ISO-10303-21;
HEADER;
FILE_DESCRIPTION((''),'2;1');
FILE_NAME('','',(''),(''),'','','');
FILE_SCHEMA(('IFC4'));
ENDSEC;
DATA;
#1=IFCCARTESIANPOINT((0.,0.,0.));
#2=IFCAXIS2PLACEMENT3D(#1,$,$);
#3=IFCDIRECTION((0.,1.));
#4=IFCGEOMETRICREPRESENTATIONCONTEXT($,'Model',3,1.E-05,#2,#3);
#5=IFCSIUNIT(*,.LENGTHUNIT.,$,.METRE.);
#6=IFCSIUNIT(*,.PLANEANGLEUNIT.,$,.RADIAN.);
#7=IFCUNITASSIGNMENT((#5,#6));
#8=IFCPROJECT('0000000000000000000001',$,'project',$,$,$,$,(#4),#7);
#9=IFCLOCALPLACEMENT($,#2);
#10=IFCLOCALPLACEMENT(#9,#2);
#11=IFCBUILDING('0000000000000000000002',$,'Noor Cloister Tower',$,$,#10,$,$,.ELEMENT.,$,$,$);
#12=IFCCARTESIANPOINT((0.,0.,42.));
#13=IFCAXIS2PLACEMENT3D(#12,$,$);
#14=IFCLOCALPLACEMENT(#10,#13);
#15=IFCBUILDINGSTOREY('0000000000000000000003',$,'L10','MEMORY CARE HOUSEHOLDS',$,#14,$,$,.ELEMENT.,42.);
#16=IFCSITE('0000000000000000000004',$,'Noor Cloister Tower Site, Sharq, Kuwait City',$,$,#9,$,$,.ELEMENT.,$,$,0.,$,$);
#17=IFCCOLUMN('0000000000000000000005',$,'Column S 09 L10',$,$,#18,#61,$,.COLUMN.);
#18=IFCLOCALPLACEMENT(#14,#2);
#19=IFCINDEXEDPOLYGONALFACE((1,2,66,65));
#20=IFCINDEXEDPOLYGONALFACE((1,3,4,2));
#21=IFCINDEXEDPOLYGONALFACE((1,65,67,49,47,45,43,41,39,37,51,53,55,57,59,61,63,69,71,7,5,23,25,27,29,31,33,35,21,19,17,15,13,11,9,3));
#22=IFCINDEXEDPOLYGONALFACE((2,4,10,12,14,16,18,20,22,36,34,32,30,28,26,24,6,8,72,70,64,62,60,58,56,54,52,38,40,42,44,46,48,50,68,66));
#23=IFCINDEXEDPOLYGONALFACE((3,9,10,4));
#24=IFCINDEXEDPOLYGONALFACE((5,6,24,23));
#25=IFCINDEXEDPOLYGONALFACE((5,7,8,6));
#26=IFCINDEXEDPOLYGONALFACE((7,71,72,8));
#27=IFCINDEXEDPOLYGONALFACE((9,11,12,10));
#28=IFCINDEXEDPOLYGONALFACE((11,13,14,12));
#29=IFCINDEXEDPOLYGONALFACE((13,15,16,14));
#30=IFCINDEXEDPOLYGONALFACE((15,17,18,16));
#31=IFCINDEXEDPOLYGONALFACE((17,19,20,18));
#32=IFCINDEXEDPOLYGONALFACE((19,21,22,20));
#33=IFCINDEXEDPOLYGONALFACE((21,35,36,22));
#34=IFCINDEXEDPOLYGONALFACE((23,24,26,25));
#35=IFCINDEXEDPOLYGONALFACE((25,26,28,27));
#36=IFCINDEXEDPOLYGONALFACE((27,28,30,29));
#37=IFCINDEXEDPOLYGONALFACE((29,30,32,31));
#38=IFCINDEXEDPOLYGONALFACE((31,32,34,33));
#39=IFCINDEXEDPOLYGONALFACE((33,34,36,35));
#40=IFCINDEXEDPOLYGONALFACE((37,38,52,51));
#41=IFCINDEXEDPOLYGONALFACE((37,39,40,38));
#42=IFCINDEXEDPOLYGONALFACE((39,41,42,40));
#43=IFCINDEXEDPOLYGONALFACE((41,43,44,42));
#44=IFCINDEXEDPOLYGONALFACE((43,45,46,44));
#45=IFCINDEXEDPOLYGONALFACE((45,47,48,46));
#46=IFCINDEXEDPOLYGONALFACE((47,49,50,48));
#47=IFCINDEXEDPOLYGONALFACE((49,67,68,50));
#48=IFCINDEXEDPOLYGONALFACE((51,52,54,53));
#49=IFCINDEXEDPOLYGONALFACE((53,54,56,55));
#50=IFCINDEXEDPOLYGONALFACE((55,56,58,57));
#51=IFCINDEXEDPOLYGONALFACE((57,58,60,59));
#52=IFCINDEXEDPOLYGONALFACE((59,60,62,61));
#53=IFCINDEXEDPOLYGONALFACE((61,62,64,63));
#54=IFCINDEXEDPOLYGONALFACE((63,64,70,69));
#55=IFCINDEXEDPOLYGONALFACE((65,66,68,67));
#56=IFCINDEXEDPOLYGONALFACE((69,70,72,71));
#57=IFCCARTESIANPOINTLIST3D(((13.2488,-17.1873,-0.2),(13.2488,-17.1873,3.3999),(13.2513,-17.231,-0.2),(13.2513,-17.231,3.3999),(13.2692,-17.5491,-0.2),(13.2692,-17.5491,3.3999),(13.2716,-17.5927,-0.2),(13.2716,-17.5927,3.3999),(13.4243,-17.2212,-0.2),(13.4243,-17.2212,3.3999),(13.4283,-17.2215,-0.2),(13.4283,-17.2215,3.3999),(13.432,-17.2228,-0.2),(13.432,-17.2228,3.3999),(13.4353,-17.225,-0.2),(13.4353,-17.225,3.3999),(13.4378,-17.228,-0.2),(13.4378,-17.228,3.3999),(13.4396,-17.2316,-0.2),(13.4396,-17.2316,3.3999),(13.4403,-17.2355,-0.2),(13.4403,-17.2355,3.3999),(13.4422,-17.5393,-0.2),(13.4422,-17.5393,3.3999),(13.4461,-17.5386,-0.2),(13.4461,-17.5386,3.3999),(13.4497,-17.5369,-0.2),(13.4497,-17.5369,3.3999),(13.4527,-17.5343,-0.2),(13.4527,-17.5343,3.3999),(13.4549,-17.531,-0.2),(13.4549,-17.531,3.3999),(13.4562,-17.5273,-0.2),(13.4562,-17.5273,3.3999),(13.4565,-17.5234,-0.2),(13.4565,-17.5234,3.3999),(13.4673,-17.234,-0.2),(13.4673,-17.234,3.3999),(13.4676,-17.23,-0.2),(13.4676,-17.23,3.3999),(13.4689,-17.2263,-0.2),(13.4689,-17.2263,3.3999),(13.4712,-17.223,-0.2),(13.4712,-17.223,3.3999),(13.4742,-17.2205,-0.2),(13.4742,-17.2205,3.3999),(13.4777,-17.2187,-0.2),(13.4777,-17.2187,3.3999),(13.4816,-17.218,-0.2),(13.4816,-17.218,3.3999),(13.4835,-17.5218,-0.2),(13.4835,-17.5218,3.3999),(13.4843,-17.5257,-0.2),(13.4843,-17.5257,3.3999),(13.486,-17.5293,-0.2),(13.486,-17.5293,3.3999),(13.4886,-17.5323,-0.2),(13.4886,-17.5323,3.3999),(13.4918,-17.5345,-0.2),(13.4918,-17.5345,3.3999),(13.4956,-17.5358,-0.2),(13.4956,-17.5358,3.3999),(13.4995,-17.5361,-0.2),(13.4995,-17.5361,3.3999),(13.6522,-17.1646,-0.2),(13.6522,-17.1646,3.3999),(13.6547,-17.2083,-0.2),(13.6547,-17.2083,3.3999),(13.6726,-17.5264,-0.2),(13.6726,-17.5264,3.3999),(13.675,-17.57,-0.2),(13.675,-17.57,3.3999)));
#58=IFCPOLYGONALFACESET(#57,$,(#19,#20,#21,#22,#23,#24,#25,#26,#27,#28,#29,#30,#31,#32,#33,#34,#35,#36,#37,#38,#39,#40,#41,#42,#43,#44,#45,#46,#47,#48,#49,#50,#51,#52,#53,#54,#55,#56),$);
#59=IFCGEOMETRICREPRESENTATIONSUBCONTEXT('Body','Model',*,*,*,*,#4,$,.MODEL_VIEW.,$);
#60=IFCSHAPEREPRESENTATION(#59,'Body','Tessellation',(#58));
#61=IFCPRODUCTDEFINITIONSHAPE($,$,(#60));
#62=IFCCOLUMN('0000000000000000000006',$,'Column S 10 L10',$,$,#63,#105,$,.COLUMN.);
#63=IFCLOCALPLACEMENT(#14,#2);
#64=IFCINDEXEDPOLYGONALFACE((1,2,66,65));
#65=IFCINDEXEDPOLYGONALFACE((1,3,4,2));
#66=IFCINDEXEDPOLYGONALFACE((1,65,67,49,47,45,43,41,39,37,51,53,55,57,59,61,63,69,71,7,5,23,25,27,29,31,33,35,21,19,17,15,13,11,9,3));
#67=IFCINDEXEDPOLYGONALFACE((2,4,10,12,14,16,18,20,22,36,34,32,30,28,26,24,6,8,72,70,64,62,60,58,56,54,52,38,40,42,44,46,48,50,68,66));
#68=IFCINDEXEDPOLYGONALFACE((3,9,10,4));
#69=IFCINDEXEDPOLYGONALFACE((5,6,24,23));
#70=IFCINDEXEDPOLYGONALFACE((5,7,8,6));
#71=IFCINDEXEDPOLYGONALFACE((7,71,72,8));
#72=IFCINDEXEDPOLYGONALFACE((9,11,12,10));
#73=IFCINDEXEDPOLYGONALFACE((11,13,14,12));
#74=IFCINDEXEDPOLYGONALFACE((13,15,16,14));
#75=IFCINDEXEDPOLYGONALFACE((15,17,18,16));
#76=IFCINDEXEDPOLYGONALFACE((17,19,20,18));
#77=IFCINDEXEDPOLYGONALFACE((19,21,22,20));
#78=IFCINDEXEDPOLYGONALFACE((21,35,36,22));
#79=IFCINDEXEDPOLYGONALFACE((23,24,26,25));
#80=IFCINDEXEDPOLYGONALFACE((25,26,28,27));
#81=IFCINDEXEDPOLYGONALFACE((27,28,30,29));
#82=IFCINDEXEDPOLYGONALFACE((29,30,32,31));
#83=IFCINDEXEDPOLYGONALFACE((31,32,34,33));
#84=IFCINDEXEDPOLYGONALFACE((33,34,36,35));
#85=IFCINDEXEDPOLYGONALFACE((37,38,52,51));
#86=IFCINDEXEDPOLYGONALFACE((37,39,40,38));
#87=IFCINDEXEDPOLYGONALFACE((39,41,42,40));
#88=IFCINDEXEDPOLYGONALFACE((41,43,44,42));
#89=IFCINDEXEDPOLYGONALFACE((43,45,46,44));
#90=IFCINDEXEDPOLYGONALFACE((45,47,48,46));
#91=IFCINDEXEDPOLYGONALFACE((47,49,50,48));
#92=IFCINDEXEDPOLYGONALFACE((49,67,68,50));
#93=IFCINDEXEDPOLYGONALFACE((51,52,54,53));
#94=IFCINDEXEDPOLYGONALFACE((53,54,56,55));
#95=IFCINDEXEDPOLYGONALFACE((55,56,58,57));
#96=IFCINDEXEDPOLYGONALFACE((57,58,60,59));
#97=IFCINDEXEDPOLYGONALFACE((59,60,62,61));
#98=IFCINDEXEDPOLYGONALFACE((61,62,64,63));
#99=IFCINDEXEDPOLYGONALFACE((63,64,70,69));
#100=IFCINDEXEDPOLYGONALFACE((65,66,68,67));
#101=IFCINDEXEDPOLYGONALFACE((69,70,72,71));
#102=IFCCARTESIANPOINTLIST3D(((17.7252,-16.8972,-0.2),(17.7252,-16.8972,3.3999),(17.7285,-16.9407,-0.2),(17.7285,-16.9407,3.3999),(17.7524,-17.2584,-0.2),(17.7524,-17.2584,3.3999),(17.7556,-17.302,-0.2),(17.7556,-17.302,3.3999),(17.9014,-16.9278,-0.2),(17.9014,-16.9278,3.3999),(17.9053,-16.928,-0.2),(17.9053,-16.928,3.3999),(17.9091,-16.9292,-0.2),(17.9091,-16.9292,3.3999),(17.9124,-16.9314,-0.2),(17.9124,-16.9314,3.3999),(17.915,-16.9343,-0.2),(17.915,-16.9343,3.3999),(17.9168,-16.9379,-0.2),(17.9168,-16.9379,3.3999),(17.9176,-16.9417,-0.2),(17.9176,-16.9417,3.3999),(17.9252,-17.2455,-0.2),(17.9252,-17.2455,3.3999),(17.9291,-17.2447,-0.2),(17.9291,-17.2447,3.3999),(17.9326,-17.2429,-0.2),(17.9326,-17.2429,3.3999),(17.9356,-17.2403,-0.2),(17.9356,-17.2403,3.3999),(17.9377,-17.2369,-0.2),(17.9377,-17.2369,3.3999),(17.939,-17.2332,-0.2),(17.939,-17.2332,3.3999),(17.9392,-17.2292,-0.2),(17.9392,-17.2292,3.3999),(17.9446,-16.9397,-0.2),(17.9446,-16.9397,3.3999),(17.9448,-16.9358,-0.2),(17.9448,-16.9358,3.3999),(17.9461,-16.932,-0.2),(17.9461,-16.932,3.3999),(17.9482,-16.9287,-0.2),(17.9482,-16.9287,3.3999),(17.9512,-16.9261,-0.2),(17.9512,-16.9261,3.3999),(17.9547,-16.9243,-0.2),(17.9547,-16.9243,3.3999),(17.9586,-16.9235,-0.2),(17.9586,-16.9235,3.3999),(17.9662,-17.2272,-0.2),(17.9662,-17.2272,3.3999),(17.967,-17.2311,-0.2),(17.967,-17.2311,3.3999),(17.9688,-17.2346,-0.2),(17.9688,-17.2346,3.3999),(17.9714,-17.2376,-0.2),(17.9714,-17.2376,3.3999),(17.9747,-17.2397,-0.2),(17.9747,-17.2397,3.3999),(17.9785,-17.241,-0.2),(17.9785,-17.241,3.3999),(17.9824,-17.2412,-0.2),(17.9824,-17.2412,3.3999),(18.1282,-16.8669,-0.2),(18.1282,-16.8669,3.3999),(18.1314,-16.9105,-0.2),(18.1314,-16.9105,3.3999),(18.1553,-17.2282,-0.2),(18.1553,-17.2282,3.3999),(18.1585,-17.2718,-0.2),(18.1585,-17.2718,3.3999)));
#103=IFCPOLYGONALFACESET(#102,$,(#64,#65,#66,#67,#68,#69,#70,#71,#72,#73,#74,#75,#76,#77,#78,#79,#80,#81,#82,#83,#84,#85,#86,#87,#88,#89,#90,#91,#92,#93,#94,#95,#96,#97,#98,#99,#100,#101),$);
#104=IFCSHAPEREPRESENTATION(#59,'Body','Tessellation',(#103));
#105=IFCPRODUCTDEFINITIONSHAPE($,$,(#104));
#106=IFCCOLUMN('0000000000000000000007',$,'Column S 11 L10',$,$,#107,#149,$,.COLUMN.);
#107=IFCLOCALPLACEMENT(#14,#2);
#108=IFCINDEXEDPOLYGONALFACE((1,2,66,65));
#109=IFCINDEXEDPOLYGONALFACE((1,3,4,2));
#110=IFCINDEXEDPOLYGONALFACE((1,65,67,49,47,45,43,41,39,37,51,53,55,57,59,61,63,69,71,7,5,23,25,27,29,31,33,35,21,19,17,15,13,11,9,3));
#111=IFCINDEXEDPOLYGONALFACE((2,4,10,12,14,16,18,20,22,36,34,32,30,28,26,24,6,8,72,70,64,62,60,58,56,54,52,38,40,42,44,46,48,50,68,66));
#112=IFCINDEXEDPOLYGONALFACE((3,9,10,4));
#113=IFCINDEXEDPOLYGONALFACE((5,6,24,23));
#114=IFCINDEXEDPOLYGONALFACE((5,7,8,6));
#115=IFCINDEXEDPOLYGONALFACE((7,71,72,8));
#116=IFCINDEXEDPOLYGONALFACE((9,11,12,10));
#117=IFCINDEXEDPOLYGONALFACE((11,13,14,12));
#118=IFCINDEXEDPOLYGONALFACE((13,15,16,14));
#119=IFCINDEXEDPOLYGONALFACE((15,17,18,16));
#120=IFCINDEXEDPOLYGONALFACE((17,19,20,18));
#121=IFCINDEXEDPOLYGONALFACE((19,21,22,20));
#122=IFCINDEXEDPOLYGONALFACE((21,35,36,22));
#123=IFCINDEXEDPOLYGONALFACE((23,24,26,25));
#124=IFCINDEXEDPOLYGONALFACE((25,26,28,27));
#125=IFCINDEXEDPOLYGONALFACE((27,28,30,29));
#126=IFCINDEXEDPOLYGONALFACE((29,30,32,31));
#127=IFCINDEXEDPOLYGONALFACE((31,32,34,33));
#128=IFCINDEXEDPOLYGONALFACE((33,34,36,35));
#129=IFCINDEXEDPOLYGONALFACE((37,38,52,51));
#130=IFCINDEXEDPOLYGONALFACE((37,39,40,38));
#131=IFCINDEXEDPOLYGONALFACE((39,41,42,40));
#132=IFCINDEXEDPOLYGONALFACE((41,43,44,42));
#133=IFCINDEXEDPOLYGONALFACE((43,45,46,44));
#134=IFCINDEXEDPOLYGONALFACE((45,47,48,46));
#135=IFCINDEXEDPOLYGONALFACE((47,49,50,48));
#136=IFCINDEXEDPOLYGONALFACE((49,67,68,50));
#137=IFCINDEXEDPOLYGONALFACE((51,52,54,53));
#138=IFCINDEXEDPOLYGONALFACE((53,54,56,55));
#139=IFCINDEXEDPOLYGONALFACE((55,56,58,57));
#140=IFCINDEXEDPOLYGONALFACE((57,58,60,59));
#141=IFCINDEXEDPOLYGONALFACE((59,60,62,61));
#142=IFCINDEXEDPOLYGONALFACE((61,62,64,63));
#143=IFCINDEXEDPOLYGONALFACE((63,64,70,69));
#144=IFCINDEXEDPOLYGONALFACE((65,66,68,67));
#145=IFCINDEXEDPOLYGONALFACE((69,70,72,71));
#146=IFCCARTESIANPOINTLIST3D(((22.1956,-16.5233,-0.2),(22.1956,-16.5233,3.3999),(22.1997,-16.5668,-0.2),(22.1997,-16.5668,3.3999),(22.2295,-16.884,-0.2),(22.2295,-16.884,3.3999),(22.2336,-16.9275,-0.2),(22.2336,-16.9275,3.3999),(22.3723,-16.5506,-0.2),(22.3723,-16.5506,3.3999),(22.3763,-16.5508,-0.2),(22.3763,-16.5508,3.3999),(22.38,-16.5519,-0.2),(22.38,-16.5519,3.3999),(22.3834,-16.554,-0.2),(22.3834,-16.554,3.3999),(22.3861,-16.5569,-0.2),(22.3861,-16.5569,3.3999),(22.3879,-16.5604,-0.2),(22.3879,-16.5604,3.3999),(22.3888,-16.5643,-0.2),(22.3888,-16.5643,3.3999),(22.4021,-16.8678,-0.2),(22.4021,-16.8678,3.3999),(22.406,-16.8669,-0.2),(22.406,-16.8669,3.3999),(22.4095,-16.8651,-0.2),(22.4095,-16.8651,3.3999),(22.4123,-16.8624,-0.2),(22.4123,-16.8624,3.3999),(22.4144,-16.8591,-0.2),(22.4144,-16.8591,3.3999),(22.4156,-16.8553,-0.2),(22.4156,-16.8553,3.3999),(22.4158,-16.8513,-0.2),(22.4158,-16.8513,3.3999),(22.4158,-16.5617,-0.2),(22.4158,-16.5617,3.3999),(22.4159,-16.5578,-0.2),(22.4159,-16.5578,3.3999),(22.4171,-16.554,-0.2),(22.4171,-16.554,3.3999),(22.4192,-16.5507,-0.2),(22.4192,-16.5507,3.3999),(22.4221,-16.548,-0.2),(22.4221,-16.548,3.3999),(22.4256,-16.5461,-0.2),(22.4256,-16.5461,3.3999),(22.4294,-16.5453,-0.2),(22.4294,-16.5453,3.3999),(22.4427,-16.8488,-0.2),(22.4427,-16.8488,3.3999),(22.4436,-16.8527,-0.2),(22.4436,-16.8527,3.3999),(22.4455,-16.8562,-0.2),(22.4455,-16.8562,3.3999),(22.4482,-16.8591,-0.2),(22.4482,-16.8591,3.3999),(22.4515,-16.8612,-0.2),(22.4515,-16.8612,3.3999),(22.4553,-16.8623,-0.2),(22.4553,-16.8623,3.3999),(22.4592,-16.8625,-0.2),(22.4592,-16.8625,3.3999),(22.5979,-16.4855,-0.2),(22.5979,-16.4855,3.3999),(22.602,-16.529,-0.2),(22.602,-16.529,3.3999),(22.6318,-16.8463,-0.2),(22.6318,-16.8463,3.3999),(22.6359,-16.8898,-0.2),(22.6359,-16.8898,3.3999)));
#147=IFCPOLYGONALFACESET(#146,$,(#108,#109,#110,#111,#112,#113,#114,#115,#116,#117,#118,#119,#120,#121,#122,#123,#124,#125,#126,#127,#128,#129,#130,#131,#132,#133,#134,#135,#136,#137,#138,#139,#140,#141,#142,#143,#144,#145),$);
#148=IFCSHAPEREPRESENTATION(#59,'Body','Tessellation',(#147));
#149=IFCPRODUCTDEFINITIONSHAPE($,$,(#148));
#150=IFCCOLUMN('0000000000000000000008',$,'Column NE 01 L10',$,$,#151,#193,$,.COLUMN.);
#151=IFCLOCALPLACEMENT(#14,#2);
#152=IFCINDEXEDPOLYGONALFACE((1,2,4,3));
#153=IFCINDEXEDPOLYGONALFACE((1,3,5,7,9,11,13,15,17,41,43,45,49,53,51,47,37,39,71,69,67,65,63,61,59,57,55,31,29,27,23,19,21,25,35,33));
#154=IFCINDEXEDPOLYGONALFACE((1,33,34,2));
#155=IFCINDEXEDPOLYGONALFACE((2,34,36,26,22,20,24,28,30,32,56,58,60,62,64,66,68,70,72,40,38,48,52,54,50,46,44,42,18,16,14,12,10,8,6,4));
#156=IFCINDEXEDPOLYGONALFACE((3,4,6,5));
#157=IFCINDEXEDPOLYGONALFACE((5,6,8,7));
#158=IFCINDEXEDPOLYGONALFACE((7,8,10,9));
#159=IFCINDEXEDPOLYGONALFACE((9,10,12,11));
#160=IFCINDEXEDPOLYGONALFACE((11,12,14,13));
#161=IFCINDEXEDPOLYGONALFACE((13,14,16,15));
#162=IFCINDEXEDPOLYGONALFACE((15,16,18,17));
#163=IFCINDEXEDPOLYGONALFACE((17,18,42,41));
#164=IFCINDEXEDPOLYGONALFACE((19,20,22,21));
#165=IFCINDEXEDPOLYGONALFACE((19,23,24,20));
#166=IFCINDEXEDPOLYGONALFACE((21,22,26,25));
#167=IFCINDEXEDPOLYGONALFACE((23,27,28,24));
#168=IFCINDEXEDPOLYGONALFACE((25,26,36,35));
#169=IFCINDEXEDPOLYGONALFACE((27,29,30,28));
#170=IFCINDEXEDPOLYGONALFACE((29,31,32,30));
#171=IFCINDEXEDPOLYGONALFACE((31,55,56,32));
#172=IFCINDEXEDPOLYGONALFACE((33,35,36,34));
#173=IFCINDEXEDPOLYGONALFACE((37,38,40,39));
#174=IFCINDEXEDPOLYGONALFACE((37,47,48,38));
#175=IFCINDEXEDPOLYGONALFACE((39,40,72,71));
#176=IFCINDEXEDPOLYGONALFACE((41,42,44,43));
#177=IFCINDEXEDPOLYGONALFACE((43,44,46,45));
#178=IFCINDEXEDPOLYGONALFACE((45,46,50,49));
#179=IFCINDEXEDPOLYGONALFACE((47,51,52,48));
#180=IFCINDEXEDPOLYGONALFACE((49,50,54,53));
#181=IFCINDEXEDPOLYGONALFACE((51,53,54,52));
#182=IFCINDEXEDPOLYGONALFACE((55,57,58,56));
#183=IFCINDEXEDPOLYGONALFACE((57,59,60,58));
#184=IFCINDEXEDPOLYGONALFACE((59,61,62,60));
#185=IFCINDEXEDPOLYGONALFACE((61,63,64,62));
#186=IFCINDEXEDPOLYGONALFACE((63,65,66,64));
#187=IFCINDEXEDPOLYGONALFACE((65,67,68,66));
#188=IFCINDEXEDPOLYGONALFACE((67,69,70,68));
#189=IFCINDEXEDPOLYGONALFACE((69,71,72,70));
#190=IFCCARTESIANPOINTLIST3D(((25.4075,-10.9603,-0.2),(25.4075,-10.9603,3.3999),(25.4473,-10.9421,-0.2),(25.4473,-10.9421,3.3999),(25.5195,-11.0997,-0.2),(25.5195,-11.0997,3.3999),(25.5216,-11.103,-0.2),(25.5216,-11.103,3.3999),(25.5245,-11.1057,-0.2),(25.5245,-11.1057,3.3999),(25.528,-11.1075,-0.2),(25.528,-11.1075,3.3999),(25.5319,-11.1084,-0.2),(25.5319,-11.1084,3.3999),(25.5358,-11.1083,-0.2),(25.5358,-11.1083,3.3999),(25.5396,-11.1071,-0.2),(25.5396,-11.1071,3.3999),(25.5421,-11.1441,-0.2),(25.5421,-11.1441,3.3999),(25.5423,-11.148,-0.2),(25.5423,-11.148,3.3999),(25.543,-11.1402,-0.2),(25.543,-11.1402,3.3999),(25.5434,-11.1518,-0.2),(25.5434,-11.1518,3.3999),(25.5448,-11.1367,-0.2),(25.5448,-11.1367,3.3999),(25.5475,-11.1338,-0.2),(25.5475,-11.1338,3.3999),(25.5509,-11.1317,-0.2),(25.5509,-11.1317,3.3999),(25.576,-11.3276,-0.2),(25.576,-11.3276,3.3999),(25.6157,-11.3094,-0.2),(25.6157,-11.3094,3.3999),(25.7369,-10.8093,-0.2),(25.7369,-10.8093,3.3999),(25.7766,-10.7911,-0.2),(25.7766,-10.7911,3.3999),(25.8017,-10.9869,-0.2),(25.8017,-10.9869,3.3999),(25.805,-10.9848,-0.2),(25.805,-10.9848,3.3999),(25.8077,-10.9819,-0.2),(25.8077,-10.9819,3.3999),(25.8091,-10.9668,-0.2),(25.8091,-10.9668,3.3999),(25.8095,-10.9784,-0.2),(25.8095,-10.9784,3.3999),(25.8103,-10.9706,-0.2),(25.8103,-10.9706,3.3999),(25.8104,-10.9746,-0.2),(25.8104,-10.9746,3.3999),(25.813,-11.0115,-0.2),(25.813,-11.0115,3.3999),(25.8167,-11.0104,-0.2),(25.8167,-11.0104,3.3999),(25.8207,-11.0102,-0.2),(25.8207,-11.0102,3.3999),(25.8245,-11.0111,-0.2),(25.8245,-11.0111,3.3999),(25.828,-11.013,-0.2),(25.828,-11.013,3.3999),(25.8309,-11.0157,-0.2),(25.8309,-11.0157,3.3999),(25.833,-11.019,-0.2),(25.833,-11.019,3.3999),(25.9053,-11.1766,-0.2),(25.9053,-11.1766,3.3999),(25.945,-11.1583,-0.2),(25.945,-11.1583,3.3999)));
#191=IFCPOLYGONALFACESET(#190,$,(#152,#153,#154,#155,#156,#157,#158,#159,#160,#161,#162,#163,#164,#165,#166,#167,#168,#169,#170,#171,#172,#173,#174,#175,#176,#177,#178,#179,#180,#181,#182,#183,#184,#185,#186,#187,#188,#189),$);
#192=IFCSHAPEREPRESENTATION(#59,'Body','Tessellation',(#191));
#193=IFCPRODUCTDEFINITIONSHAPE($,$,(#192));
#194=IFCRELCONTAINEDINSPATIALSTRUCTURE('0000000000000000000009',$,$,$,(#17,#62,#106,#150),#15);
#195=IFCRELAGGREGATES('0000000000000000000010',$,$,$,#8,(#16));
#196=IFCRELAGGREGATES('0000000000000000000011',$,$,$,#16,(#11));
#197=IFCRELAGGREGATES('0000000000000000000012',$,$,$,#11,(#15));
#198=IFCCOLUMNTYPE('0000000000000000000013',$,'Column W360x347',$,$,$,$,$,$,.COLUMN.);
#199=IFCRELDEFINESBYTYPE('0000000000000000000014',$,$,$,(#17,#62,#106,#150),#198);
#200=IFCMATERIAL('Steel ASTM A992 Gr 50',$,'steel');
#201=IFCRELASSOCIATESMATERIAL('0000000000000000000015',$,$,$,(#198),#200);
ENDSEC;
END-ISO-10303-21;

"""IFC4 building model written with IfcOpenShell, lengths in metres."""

from ifc_helpers import new_model, si_unit, direction, frame, origin, origin_2d, place, context, subcontext, project, spatial, i_section, extrude, material, material_profile, profile_set, type_object, element, save


model = new_model("IFC4")

# Units and contexts
model_context = context("Model", 3, precision=1e-05, world=origin(), true_north=direction((0.0, 1.0)))
body_context = subcontext(model_context, "Body", "Model", "MODEL_VIEW")
ifc_project = project(units=[si_unit("LENGTHUNIT", "METRE"), si_unit("PLANEANGLEUNIT", "RADIAN")], contexts=[model_context])

# Site, building, storey
site_placement = place(None, origin())
site = spatial("IfcSite", under=ifc_project, at=site_placement, Name="Noor Cloister Tower Site, Sharq, Kuwait City", CompositionType="ELEMENT", RefElevation=0.0)
building_placement = place(site_placement, origin())
building = spatial("IfcBuilding", under=site, at=building_placement, Name="Noor Cloister Tower", CompositionType="ELEMENT")
storey_placement = place(building_placement, frame((0.0, 0.0, 42.0)))
storey = spatial("IfcBuildingStorey", under=building, at=storey_placement, Name="L10", Description="MEMORY CARE HOUSEHOLDS", CompositionType="ELEMENT", Elevation=42.0)

# Columns
ifc_material_1 = material(Name="Steel ASTM A992 Gr 50", Category="steel")
ifc_material_profile_1 = material_profile(ifc_material_1, i_section(OverallWidth=0.4041, OverallDepth=0.406, WebThickness=0.0271, FlangeThickness=0.0437, FilletRadius=0.0151, at=origin_2d()), Name="W360x347")
ifc_profile_set_1 = profile_set([ifc_material_profile_1], Name="Steel ASTM A992 Gr 50")
column_type_1 = type_object("IfcColumnType", Name="Column W360x347", PredefinedType="COLUMN", material=ifc_profile_set_1)
for number, where, z_axis, x_axis, name in (
    (1, (13.4619, -17.3787, -0.2), (0.0, 0.0, 1.0), (0.998422, 0.056153, 0.0), "Column S 09 L10"),
    (2, (17.9419, -17.0845, -0.2), (0.0, 0.0, 1.0), (0.997196, 0.07484, 0.0), "Column S 10 L10"),
    (3, (22.4158, -16.7065, -0.2), (0.0, 0.0, 1.0), (0.995619, 0.0935, 0.0), "Column S 11 L10"),
    (4, (25.6763, -11.0593, -0.2), (0.0, 0.0, 1.0), (-0.416836, 0.908982, 0.0), "Column NE 01 L10"),
):
    element("IfcColumn", number, at=place(storey_placement, frame(where, z_axis=z_axis, x_axis=x_axis)), inside=storey, type_object=column_type_1, Name=name, PredefinedType="COLUMN", context=body_context, shape_type="SweptSolid", body=[
        extrude(i_section(OverallWidth=0.4041, OverallDepth=0.406, WebThickness=0.0271, FlangeThickness=0.0437, FilletRadius=0.0151, at=origin_2d()), origin(), (0.0, 0.0, 1.0), 3.5999),
    ])

save(model, "model.ifc")
